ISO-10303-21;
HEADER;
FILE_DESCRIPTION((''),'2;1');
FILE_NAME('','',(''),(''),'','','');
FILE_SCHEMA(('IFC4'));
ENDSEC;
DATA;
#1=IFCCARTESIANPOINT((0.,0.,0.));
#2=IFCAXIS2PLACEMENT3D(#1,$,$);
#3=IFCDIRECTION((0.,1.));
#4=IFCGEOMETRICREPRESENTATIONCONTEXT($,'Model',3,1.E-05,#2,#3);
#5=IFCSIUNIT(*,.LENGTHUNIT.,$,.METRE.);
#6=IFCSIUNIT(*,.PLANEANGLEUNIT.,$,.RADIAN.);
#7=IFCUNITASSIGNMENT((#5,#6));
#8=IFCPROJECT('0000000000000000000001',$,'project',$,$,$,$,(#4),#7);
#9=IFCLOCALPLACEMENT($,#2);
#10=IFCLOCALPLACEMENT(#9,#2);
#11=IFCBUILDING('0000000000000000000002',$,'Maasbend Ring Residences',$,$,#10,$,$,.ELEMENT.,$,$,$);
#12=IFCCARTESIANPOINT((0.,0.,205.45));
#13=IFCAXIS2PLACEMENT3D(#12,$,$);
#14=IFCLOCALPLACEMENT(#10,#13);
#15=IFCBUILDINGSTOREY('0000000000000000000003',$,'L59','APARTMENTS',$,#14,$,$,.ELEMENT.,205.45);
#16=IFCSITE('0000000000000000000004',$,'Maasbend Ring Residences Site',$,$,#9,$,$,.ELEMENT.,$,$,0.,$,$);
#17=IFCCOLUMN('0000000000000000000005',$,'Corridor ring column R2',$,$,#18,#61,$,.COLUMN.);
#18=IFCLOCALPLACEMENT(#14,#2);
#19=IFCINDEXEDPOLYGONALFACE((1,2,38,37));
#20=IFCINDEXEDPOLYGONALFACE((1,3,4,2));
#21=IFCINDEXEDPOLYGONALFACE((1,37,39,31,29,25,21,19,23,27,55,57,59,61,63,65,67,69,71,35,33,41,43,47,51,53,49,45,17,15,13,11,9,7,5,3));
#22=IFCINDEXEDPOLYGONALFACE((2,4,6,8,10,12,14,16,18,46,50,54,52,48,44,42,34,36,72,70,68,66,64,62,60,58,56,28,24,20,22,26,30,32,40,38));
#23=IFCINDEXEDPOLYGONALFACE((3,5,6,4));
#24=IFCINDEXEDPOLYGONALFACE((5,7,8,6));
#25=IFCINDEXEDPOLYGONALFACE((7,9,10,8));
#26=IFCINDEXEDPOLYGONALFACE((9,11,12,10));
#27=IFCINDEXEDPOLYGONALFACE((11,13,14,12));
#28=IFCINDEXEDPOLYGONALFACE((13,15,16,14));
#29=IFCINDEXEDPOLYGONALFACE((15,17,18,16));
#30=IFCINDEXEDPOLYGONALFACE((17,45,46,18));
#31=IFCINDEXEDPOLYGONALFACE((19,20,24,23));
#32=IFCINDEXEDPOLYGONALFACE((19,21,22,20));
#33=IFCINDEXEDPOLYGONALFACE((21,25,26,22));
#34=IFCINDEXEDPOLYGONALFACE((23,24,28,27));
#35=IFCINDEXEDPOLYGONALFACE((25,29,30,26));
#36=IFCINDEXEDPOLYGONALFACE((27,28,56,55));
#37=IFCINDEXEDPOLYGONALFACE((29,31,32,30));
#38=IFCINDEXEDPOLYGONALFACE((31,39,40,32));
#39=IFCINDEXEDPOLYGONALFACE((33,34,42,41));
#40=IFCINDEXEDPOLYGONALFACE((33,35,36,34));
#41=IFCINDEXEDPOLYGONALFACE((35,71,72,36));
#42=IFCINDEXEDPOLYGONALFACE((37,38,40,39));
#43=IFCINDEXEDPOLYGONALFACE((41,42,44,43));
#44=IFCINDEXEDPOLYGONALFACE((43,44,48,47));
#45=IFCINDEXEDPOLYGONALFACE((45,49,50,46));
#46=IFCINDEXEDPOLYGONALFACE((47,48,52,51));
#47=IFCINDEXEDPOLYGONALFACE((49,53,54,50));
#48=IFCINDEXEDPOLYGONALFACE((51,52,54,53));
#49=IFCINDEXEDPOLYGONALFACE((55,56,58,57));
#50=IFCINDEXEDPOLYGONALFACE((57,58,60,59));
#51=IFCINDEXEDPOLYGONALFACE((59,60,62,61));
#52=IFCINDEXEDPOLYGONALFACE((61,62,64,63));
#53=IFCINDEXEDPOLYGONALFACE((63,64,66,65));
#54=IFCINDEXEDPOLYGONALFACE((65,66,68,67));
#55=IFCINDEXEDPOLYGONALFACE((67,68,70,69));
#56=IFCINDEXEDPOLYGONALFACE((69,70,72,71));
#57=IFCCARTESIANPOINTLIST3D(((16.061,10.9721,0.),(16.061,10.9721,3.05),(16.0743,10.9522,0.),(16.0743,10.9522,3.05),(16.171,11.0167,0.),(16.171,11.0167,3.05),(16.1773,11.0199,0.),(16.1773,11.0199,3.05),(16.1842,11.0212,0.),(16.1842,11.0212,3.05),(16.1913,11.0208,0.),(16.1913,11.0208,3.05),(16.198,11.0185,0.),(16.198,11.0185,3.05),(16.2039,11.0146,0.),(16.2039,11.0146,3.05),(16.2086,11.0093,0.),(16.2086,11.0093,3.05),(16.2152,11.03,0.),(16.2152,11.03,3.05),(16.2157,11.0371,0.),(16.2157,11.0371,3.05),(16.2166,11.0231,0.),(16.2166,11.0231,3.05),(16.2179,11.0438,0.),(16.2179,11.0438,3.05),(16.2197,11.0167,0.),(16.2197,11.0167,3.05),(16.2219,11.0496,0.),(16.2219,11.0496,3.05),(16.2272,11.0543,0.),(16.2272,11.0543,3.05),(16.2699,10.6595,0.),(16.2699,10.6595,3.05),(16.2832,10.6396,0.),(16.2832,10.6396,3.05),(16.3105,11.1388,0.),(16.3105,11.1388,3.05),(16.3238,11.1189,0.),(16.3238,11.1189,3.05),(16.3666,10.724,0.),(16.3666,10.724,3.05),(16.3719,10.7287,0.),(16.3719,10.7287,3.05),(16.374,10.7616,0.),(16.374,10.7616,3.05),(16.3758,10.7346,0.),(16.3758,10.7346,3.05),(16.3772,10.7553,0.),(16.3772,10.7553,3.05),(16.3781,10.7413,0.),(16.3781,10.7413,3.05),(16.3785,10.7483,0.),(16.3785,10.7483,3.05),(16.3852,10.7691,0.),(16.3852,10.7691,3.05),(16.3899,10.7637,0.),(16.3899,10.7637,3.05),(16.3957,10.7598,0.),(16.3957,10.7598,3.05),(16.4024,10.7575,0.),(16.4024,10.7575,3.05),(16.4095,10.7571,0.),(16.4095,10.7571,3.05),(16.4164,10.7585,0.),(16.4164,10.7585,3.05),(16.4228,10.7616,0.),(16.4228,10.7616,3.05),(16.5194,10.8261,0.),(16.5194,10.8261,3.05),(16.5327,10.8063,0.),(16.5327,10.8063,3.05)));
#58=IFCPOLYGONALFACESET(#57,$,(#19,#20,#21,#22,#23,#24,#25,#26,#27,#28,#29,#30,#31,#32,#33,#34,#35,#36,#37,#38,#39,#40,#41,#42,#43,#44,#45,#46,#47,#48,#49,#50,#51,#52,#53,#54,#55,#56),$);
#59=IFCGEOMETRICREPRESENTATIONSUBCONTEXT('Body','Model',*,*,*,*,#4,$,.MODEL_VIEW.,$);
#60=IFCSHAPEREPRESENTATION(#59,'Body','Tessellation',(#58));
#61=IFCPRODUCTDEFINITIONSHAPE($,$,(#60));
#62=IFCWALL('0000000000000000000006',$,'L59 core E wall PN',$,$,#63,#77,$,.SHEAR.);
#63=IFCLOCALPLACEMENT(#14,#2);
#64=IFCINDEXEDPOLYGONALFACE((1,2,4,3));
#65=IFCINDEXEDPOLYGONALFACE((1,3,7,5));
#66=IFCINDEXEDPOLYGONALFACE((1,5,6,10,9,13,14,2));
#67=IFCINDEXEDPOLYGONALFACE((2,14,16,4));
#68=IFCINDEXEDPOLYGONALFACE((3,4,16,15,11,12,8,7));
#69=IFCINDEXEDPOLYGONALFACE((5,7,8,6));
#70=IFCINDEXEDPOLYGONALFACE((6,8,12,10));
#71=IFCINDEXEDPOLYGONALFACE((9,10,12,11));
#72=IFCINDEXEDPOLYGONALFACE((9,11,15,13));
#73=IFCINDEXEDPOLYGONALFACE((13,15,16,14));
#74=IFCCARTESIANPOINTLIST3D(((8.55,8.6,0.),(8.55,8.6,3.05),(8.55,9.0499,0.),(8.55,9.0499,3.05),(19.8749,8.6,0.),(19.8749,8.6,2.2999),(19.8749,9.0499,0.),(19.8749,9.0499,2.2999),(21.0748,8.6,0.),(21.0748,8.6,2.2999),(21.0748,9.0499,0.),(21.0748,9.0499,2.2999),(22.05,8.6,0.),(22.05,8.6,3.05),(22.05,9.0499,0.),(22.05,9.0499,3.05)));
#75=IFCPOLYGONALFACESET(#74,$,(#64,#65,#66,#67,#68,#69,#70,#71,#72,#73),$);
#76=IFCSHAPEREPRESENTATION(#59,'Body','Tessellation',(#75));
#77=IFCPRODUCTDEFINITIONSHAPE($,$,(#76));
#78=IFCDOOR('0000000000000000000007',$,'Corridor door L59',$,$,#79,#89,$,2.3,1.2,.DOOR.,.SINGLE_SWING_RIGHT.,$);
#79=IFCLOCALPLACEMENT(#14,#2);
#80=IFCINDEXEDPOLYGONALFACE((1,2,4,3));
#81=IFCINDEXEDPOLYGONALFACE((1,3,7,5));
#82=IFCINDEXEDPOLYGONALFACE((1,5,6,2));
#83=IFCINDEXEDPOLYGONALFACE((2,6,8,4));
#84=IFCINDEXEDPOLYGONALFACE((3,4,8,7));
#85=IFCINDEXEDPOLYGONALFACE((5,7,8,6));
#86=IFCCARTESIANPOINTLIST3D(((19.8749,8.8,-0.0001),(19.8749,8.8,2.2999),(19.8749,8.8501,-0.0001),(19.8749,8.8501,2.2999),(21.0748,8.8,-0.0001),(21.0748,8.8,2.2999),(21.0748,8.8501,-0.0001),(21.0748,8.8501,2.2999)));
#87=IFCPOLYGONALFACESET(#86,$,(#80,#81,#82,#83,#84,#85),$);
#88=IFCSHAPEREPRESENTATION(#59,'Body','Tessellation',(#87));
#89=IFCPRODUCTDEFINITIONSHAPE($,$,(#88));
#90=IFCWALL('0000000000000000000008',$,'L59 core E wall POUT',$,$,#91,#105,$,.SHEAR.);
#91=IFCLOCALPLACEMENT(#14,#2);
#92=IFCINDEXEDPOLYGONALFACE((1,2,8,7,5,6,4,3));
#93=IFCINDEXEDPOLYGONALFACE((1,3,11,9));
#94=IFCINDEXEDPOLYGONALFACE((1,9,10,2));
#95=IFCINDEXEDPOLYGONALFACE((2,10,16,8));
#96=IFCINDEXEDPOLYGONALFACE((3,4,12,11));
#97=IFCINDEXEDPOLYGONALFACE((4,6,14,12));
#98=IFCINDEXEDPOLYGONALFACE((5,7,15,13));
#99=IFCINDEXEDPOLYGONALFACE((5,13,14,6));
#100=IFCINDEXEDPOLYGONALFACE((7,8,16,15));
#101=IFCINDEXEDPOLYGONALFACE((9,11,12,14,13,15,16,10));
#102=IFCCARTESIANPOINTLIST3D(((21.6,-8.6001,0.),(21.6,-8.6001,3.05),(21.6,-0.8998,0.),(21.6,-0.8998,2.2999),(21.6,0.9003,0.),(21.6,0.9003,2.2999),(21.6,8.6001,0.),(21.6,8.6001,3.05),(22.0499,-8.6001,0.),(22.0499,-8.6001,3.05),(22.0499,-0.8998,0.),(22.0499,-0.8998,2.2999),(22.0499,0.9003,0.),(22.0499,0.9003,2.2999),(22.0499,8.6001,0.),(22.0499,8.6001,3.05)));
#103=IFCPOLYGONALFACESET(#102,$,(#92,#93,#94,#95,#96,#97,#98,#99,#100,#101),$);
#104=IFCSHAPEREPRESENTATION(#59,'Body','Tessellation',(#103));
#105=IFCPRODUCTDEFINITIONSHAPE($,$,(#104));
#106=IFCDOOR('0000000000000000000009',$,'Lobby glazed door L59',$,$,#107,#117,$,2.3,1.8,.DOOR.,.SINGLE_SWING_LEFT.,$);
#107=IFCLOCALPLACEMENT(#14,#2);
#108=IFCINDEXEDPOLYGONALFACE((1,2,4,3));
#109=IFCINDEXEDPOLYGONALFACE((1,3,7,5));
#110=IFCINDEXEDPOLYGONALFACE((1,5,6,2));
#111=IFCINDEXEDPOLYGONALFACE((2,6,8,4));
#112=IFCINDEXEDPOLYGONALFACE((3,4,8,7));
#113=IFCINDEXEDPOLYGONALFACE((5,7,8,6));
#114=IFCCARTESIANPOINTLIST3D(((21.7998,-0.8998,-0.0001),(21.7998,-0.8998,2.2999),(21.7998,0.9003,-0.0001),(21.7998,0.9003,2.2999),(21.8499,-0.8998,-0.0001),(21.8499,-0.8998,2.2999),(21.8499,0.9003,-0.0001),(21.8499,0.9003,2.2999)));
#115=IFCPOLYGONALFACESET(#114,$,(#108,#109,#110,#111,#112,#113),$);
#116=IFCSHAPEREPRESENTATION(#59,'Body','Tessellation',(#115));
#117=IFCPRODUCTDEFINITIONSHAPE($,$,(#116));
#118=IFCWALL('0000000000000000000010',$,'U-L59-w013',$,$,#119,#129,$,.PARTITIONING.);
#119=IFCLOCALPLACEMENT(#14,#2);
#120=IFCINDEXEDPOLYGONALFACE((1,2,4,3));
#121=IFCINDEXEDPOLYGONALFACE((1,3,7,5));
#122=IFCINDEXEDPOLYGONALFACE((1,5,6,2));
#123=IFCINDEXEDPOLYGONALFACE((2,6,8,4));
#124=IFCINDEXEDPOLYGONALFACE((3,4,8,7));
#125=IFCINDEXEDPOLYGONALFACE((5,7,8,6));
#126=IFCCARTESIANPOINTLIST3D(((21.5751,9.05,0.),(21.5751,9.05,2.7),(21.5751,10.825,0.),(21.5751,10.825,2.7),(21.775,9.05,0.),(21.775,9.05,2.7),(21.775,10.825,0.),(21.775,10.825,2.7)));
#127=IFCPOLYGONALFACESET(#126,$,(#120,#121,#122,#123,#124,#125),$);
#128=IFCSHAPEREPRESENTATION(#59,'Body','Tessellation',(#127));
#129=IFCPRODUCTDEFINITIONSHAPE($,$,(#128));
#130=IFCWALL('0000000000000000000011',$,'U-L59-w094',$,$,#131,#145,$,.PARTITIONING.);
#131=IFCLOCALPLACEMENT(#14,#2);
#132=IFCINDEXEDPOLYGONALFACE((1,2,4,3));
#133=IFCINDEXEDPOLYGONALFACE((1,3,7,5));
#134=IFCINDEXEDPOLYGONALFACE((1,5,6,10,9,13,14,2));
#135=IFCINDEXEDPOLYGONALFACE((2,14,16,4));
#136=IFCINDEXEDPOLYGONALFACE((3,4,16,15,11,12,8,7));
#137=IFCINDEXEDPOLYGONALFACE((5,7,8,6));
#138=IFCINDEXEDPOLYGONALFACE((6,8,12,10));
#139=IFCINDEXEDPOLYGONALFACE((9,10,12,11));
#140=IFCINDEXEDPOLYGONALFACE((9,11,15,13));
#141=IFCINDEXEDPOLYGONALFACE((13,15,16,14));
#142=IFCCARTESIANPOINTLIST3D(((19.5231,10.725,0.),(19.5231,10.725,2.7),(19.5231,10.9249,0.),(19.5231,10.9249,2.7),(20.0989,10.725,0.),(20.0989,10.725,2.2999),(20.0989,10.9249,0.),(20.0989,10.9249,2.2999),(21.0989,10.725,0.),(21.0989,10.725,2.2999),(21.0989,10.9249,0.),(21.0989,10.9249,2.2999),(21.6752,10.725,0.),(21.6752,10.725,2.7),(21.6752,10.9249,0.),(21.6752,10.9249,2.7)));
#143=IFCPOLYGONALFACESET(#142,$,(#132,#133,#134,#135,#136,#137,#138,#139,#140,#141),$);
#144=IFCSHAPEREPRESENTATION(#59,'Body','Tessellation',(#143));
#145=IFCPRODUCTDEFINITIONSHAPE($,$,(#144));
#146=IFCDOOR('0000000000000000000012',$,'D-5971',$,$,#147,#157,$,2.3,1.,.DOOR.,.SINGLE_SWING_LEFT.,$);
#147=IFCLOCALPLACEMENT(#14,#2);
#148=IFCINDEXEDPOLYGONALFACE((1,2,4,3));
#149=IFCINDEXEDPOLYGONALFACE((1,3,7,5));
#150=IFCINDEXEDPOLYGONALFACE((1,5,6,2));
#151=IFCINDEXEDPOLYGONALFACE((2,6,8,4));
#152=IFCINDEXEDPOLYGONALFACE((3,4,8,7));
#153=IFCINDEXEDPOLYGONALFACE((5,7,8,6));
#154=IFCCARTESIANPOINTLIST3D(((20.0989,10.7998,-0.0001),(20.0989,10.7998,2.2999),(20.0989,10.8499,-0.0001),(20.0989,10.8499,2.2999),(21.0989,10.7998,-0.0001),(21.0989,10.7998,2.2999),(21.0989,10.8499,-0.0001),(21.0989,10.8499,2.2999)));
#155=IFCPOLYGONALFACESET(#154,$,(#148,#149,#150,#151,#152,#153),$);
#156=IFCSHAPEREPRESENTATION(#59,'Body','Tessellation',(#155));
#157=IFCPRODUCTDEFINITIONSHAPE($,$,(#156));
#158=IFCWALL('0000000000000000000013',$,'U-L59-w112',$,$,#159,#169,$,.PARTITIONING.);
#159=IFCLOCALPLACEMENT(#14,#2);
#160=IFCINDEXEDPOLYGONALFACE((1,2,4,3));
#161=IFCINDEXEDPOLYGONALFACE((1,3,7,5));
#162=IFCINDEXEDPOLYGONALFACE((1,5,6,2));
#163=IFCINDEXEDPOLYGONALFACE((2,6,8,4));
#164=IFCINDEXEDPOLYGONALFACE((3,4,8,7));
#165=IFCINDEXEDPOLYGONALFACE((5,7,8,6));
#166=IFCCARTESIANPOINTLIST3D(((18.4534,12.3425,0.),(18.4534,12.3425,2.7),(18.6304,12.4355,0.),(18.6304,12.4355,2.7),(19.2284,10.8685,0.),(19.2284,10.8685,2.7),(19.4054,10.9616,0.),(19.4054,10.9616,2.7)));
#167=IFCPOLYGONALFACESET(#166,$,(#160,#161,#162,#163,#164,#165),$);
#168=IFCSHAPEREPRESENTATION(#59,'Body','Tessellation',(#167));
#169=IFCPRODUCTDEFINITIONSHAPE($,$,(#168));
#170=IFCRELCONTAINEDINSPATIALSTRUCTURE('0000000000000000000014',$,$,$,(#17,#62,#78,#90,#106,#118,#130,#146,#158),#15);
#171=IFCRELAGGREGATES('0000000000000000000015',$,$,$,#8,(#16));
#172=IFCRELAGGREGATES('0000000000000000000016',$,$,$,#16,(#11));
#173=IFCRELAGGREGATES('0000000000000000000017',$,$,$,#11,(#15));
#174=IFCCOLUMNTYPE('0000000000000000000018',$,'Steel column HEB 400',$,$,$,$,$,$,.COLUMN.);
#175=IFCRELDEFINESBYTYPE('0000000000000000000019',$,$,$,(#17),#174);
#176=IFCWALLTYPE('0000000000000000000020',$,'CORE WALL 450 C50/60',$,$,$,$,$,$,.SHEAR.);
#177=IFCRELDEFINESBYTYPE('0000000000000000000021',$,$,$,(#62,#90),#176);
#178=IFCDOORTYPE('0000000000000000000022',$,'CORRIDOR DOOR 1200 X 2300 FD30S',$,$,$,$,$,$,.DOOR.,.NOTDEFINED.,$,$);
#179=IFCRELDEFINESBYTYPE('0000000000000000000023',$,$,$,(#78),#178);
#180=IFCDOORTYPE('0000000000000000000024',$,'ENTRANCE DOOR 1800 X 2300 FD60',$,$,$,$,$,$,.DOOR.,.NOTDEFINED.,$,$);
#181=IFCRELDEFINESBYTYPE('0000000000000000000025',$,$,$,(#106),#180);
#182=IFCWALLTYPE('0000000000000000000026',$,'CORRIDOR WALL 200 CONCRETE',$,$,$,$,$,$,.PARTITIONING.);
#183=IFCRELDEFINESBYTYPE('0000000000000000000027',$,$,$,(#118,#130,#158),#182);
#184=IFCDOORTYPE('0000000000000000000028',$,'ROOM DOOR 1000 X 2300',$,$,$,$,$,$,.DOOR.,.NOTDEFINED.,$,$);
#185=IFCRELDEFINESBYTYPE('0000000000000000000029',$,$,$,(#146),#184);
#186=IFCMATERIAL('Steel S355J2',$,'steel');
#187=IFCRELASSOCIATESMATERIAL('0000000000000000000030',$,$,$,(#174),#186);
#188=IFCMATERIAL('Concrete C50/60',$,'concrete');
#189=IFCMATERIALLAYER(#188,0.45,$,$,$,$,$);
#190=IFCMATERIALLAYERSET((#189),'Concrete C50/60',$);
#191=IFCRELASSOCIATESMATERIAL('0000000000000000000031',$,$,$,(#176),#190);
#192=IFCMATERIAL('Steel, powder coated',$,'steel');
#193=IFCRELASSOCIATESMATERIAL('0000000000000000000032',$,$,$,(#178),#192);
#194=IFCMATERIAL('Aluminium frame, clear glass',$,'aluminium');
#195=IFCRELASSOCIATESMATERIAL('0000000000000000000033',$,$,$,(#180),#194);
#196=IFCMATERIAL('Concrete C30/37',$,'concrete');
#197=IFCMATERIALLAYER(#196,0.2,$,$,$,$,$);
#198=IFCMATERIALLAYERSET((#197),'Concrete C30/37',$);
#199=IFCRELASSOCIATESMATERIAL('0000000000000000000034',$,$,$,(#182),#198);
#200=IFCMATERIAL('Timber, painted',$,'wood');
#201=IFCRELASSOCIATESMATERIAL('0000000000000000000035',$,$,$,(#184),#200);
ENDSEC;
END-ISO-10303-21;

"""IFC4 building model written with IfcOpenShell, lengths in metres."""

from ifc_helpers import new_model, si_unit, direction, frame, frame_2d, origin, origin_2d, place, context, subcontext, project, spatial, rectangle, i_section, extrude, material, layer, layer_set, material_profile, profile_set, type_object, element, fill, save


model = new_model("IFC4")

# Units and contexts
model_context = context("Model", 3, precision=1e-05, world=origin(), true_north=direction((0.0, 1.0)))
body_context = subcontext(model_context, "Body", "Model", "MODEL_VIEW")
ifc_project = project(units=[si_unit("LENGTHUNIT", "METRE"), si_unit("PLANEANGLEUNIT", "RADIAN")], contexts=[model_context])

# Site, building, storey
site_placement = place(None, origin())
site = spatial("IfcSite", under=ifc_project, at=site_placement, Name="Maasbend Ring Residences Site", CompositionType="ELEMENT", RefElevation=0.0)
building_placement = place(site_placement, origin())
building = spatial("IfcBuilding", under=site, at=building_placement, Name="Maasbend Ring Residences", CompositionType="ELEMENT")
storey_placement = place(building_placement, frame((0.0, 0.0, 205.45)))
storey = spatial("IfcBuildingStorey", under=building, at=storey_placement, Name="L59", Description="APARTMENTS", CompositionType="ELEMENT", Elevation=205.45)

# Column
ifc_material_1 = material(Name="Steel S355J2", Category="steel")
ifc_material_profile = material_profile(ifc_material_1, i_section(OverallWidth=0.3, OverallDepth=0.3999, WebThickness=0.0134, FlangeThickness=0.0239, FilletRadius=0.0271, at=origin_2d()), Name="HEB 400")
ifc_profile_set = profile_set([ifc_material_profile], Name="Steel S355J2")
column_type = type_object("IfcColumnType", Name="Steel column HEB 400", PredefinedType="COLUMN", material=ifc_profile_set)
column_placement = place(storey_placement, frame((16.2969, 10.8892, 0.0), z_axis=(0.0, 0.0, 1.0), x_axis=(0.83147, 0.55557, 0.0)))
element("IfcColumn", 1, at=column_placement, inside=storey, type_object=column_type, Name="Corridor ring column R2", PredefinedType="COLUMN", context=body_context, shape_type="SweptSolid", body=[
    extrude(i_section(OverallWidth=0.3, OverallDepth=0.3999, WebThickness=0.0134, FlangeThickness=0.0239, FilletRadius=0.0271, at=origin_2d()), origin(), (0.0, 0.0, 1.0), 3.05),
])

# Walls, openings, doors
ifc_material_2 = material(Name="Concrete C50/60", Category="concrete")
ifc_layer_1 = layer(ifc_material_2, 0.45)
ifc_layer_set_1 = layer_set([ifc_layer_1], Name="Concrete C50/60")
wall_type_1 = type_object("IfcWallType", Name="CORE WALL 450 C50/60", PredefinedType="SHEAR", material=ifc_layer_set_1)
wall_1_placement = place(storey_placement, frame((22.05, 8.825, 0.0), z_axis=(0.0, 0.0, 1.0), x_axis=(-1.0, 0.0, 0.0)))
wall_1 = element("IfcWall", 2, at=wall_1_placement, inside=storey, type_object=wall_type_1, Name="L59 core E wall PN", PredefinedType="SHEAR", context=body_context, shape_type="SweptSolid", body=[
    extrude(rectangle(XDim=13.5, YDim=0.45, at=frame_2d((6.75, 0.0))), origin(), (0.0, 0.0, 1.0), 3.05),
])
opening_1_placement = place(wall_1_placement, frame((0.9751, 0.0, 0.0)))
opening_1 = element("IfcOpeningElement", 3, at=opening_1_placement, cuts=wall_1, PredefinedType="OPENING", context=body_context, shape_type="SweptSolid", body=[
    extrude(rectangle(XDim=1.2, YDim=2.3, at=frame_2d((0.6001, 1.1499))), frame((0.0, 0.2349, 0.0), z_axis=(0.0, -1.0, 0.0), x_axis=(1.0, 0.0, 0.0)), (0.0, 0.0, 1.0), 0.47),
])
ifc_material_3 = material(Name="Steel, powder coated", Category="steel")
door_type_1 = type_object("IfcDoorType", Name="CORRIDOR DOOR 1200 X 2300 FD30S", OperationType="NOTDEFINED", PredefinedType="DOOR", material=ifc_material_3)
door_1_placement = place(opening_1_placement, origin())
door_1 = element("IfcDoor", 4, at=door_1_placement, inside=storey, type_object=door_type_1, Name="Corridor door L59", OperationType="SINGLE_SWING_RIGHT", OverallHeight=2.3, OverallWidth=1.2, PredefinedType="DOOR", context=body_context, shape_type="SweptSolid", body=[
    extrude(rectangle(XDim=1.2, YDim=2.3, at=frame_2d((0.6001, 1.1499))), frame((0.0, 0.0249, 0.0), z_axis=(0.0, -1.0, 0.0), x_axis=(1.0, 0.0, 0.0)), (0.0, 0.0, 1.0), 0.05),
])
fill(opening_1, door_1)
wall_2_placement = place(storey_placement, frame((21.825, 8.6001, 0.0), z_axis=(0.0, 0.0, 1.0), x_axis=(0.0, -1.0, 0.0)))
wall_2 = element("IfcWall", 5, at=wall_2_placement, inside=storey, type_object=wall_type_1, Name="L59 core E wall POUT", PredefinedType="SHEAR", context=body_context, shape_type="SweptSolid", body=[
    extrude(rectangle(XDim=17.2002, YDim=0.45, at=frame_2d((8.6001, 0.0))), origin(), (0.0, 0.0, 1.0), 3.05),
])
opening_2_placement = place(wall_2_placement, frame((7.7, 0.0, 0.0)))
opening_2 = element("IfcOpeningElement", 6, at=opening_2_placement, cuts=wall_2, PredefinedType="OPENING", context=body_context, shape_type="SweptSolid", body=[
    extrude(rectangle(XDim=1.8, YDim=2.3, at=frame_2d((0.8999, 1.1499))), frame((0.0, 0.2349, 0.0), z_axis=(0.0, -1.0, 0.0), x_axis=(1.0, 0.0, 0.0)), (0.0, 0.0, 1.0), 0.47),
])
ifc_material_4 = material(Name="Aluminium frame, clear glass", Category="aluminium")
door_type_2 = type_object("IfcDoorType", Name="ENTRANCE DOOR 1800 X 2300 FD60", OperationType="NOTDEFINED", PredefinedType="DOOR", material=ifc_material_4)
door_2_placement = place(opening_2_placement, origin())
door_2 = element("IfcDoor", 7, at=door_2_placement, inside=storey, type_object=door_type_2, Name="Lobby glazed door L59", OperationType="SINGLE_SWING_LEFT", OverallHeight=2.3, OverallWidth=1.8, PredefinedType="DOOR", context=body_context, shape_type="SweptSolid", body=[
    extrude(rectangle(XDim=1.8, YDim=2.3, at=frame_2d((0.8999, 1.1499))), frame((0.0, 0.0249, 0.0), z_axis=(0.0, -1.0, 0.0), x_axis=(1.0, 0.0, 0.0)), (0.0, 0.0, 1.0), 0.05),
])
fill(opening_2, door_2)

# Wall
ifc_material_5 = material(Name="Concrete C30/37", Category="concrete")
ifc_layer_2 = layer(ifc_material_5, 0.2)
ifc_layer_set_2 = layer_set([ifc_layer_2], Name="Concrete C30/37")
wall_type_2 = type_object("IfcWallType", Name="CORRIDOR WALL 200 CONCRETE", PredefinedType="PARTITIONING", material=ifc_layer_set_2)
wall_3_placement = place(storey_placement, frame((21.675, 9.05, 0.0), z_axis=(0.0, 0.0, 1.0), x_axis=(0.0, 1.0, 0.0)))
element("IfcWall", 8, at=wall_3_placement, inside=storey, type_object=wall_type_2, Name="U-L59-w013", PredefinedType="PARTITIONING", context=body_context, shape_type="SweptSolid", body=[
    extrude(rectangle(XDim=1.7749, YDim=0.2, at=frame_2d((0.8875, 0.0))), origin(), (0.0, 0.0, 1.0), 2.7),
])

# Wall, opening, door
wall_4_placement = place(storey_placement, frame((19.5229, 10.825, 0.0), z_axis=(0.0, 0.0, 1.0), x_axis=(1.0, 0.0, 0.0)))
wall_4 = element("IfcWall", 9, at=wall_4_placement, inside=storey, type_object=wall_type_2, Name="U-L59-w094", PredefinedType="PARTITIONING", context=body_context, shape_type="SweptSolid", body=[
    extrude(rectangle(XDim=2.1521, YDim=0.2, at=frame_2d((1.0762, 0.0))), origin(), (0.0, 0.0, 1.0), 2.7),
])
opening_3_placement = place(wall_4_placement, frame((0.5759, 0.0, 0.0)))
opening_3 = element("IfcOpeningElement", 10, at=opening_3_placement, cuts=wall_4, PredefinedType="OPENING", context=body_context, shape_type="SweptSolid", body=[
    extrude(rectangle(XDim=1.0, YDim=2.3, at=frame_2d((0.5, 1.1499))), frame((0.0, 0.1099, 0.0), z_axis=(0.0, -1.0, 0.0), x_axis=(1.0, 0.0, 0.0)), (0.0, 0.0, 1.0), 0.22),
])
ifc_material_6 = material(Name="Timber, painted", Category="wood")
door_type_3 = type_object("IfcDoorType", Name="ROOM DOOR 1000 X 2300", OperationType="NOTDEFINED", PredefinedType="DOOR", material=ifc_material_6)
door_3_placement = place(opening_3_placement, origin())
door_3 = element("IfcDoor", 11, at=door_3_placement, inside=storey, type_object=door_type_3, Name="D-5971", OperationType="SINGLE_SWING_LEFT", OverallHeight=2.3, OverallWidth=1.0, PredefinedType="DOOR", context=body_context, shape_type="SweptSolid", body=[
    extrude(rectangle(XDim=1.0, YDim=2.3, at=frame_2d((0.5, 1.1499))), frame((0.0, 0.0249, 0.0), z_axis=(0.0, -1.0, 0.0), x_axis=(1.0, 0.0, 0.0)), (0.0, 0.0, 1.0), 0.05),
])
fill(opening_3, door_3)

# Wall
wall_5_placement = place(storey_placement, frame((18.542, 12.3889, 0.0), z_axis=(0.0, 0.0, 1.0), x_axis=(0.46536, -0.885122, 0.0)))
element("IfcWall", 12, at=wall_5_placement, inside=storey, type_object=wall_type_2, Name="U-L59-w112", PredefinedType="PARTITIONING", context=body_context, shape_type="SweptSolid", body=[
    extrude(rectangle(XDim=1.6653, YDim=0.2, at=frame_2d((0.8325, 0.0))), origin(), (0.0, 0.0, 1.0), 2.7),
])

save(model, "model.ifc")
